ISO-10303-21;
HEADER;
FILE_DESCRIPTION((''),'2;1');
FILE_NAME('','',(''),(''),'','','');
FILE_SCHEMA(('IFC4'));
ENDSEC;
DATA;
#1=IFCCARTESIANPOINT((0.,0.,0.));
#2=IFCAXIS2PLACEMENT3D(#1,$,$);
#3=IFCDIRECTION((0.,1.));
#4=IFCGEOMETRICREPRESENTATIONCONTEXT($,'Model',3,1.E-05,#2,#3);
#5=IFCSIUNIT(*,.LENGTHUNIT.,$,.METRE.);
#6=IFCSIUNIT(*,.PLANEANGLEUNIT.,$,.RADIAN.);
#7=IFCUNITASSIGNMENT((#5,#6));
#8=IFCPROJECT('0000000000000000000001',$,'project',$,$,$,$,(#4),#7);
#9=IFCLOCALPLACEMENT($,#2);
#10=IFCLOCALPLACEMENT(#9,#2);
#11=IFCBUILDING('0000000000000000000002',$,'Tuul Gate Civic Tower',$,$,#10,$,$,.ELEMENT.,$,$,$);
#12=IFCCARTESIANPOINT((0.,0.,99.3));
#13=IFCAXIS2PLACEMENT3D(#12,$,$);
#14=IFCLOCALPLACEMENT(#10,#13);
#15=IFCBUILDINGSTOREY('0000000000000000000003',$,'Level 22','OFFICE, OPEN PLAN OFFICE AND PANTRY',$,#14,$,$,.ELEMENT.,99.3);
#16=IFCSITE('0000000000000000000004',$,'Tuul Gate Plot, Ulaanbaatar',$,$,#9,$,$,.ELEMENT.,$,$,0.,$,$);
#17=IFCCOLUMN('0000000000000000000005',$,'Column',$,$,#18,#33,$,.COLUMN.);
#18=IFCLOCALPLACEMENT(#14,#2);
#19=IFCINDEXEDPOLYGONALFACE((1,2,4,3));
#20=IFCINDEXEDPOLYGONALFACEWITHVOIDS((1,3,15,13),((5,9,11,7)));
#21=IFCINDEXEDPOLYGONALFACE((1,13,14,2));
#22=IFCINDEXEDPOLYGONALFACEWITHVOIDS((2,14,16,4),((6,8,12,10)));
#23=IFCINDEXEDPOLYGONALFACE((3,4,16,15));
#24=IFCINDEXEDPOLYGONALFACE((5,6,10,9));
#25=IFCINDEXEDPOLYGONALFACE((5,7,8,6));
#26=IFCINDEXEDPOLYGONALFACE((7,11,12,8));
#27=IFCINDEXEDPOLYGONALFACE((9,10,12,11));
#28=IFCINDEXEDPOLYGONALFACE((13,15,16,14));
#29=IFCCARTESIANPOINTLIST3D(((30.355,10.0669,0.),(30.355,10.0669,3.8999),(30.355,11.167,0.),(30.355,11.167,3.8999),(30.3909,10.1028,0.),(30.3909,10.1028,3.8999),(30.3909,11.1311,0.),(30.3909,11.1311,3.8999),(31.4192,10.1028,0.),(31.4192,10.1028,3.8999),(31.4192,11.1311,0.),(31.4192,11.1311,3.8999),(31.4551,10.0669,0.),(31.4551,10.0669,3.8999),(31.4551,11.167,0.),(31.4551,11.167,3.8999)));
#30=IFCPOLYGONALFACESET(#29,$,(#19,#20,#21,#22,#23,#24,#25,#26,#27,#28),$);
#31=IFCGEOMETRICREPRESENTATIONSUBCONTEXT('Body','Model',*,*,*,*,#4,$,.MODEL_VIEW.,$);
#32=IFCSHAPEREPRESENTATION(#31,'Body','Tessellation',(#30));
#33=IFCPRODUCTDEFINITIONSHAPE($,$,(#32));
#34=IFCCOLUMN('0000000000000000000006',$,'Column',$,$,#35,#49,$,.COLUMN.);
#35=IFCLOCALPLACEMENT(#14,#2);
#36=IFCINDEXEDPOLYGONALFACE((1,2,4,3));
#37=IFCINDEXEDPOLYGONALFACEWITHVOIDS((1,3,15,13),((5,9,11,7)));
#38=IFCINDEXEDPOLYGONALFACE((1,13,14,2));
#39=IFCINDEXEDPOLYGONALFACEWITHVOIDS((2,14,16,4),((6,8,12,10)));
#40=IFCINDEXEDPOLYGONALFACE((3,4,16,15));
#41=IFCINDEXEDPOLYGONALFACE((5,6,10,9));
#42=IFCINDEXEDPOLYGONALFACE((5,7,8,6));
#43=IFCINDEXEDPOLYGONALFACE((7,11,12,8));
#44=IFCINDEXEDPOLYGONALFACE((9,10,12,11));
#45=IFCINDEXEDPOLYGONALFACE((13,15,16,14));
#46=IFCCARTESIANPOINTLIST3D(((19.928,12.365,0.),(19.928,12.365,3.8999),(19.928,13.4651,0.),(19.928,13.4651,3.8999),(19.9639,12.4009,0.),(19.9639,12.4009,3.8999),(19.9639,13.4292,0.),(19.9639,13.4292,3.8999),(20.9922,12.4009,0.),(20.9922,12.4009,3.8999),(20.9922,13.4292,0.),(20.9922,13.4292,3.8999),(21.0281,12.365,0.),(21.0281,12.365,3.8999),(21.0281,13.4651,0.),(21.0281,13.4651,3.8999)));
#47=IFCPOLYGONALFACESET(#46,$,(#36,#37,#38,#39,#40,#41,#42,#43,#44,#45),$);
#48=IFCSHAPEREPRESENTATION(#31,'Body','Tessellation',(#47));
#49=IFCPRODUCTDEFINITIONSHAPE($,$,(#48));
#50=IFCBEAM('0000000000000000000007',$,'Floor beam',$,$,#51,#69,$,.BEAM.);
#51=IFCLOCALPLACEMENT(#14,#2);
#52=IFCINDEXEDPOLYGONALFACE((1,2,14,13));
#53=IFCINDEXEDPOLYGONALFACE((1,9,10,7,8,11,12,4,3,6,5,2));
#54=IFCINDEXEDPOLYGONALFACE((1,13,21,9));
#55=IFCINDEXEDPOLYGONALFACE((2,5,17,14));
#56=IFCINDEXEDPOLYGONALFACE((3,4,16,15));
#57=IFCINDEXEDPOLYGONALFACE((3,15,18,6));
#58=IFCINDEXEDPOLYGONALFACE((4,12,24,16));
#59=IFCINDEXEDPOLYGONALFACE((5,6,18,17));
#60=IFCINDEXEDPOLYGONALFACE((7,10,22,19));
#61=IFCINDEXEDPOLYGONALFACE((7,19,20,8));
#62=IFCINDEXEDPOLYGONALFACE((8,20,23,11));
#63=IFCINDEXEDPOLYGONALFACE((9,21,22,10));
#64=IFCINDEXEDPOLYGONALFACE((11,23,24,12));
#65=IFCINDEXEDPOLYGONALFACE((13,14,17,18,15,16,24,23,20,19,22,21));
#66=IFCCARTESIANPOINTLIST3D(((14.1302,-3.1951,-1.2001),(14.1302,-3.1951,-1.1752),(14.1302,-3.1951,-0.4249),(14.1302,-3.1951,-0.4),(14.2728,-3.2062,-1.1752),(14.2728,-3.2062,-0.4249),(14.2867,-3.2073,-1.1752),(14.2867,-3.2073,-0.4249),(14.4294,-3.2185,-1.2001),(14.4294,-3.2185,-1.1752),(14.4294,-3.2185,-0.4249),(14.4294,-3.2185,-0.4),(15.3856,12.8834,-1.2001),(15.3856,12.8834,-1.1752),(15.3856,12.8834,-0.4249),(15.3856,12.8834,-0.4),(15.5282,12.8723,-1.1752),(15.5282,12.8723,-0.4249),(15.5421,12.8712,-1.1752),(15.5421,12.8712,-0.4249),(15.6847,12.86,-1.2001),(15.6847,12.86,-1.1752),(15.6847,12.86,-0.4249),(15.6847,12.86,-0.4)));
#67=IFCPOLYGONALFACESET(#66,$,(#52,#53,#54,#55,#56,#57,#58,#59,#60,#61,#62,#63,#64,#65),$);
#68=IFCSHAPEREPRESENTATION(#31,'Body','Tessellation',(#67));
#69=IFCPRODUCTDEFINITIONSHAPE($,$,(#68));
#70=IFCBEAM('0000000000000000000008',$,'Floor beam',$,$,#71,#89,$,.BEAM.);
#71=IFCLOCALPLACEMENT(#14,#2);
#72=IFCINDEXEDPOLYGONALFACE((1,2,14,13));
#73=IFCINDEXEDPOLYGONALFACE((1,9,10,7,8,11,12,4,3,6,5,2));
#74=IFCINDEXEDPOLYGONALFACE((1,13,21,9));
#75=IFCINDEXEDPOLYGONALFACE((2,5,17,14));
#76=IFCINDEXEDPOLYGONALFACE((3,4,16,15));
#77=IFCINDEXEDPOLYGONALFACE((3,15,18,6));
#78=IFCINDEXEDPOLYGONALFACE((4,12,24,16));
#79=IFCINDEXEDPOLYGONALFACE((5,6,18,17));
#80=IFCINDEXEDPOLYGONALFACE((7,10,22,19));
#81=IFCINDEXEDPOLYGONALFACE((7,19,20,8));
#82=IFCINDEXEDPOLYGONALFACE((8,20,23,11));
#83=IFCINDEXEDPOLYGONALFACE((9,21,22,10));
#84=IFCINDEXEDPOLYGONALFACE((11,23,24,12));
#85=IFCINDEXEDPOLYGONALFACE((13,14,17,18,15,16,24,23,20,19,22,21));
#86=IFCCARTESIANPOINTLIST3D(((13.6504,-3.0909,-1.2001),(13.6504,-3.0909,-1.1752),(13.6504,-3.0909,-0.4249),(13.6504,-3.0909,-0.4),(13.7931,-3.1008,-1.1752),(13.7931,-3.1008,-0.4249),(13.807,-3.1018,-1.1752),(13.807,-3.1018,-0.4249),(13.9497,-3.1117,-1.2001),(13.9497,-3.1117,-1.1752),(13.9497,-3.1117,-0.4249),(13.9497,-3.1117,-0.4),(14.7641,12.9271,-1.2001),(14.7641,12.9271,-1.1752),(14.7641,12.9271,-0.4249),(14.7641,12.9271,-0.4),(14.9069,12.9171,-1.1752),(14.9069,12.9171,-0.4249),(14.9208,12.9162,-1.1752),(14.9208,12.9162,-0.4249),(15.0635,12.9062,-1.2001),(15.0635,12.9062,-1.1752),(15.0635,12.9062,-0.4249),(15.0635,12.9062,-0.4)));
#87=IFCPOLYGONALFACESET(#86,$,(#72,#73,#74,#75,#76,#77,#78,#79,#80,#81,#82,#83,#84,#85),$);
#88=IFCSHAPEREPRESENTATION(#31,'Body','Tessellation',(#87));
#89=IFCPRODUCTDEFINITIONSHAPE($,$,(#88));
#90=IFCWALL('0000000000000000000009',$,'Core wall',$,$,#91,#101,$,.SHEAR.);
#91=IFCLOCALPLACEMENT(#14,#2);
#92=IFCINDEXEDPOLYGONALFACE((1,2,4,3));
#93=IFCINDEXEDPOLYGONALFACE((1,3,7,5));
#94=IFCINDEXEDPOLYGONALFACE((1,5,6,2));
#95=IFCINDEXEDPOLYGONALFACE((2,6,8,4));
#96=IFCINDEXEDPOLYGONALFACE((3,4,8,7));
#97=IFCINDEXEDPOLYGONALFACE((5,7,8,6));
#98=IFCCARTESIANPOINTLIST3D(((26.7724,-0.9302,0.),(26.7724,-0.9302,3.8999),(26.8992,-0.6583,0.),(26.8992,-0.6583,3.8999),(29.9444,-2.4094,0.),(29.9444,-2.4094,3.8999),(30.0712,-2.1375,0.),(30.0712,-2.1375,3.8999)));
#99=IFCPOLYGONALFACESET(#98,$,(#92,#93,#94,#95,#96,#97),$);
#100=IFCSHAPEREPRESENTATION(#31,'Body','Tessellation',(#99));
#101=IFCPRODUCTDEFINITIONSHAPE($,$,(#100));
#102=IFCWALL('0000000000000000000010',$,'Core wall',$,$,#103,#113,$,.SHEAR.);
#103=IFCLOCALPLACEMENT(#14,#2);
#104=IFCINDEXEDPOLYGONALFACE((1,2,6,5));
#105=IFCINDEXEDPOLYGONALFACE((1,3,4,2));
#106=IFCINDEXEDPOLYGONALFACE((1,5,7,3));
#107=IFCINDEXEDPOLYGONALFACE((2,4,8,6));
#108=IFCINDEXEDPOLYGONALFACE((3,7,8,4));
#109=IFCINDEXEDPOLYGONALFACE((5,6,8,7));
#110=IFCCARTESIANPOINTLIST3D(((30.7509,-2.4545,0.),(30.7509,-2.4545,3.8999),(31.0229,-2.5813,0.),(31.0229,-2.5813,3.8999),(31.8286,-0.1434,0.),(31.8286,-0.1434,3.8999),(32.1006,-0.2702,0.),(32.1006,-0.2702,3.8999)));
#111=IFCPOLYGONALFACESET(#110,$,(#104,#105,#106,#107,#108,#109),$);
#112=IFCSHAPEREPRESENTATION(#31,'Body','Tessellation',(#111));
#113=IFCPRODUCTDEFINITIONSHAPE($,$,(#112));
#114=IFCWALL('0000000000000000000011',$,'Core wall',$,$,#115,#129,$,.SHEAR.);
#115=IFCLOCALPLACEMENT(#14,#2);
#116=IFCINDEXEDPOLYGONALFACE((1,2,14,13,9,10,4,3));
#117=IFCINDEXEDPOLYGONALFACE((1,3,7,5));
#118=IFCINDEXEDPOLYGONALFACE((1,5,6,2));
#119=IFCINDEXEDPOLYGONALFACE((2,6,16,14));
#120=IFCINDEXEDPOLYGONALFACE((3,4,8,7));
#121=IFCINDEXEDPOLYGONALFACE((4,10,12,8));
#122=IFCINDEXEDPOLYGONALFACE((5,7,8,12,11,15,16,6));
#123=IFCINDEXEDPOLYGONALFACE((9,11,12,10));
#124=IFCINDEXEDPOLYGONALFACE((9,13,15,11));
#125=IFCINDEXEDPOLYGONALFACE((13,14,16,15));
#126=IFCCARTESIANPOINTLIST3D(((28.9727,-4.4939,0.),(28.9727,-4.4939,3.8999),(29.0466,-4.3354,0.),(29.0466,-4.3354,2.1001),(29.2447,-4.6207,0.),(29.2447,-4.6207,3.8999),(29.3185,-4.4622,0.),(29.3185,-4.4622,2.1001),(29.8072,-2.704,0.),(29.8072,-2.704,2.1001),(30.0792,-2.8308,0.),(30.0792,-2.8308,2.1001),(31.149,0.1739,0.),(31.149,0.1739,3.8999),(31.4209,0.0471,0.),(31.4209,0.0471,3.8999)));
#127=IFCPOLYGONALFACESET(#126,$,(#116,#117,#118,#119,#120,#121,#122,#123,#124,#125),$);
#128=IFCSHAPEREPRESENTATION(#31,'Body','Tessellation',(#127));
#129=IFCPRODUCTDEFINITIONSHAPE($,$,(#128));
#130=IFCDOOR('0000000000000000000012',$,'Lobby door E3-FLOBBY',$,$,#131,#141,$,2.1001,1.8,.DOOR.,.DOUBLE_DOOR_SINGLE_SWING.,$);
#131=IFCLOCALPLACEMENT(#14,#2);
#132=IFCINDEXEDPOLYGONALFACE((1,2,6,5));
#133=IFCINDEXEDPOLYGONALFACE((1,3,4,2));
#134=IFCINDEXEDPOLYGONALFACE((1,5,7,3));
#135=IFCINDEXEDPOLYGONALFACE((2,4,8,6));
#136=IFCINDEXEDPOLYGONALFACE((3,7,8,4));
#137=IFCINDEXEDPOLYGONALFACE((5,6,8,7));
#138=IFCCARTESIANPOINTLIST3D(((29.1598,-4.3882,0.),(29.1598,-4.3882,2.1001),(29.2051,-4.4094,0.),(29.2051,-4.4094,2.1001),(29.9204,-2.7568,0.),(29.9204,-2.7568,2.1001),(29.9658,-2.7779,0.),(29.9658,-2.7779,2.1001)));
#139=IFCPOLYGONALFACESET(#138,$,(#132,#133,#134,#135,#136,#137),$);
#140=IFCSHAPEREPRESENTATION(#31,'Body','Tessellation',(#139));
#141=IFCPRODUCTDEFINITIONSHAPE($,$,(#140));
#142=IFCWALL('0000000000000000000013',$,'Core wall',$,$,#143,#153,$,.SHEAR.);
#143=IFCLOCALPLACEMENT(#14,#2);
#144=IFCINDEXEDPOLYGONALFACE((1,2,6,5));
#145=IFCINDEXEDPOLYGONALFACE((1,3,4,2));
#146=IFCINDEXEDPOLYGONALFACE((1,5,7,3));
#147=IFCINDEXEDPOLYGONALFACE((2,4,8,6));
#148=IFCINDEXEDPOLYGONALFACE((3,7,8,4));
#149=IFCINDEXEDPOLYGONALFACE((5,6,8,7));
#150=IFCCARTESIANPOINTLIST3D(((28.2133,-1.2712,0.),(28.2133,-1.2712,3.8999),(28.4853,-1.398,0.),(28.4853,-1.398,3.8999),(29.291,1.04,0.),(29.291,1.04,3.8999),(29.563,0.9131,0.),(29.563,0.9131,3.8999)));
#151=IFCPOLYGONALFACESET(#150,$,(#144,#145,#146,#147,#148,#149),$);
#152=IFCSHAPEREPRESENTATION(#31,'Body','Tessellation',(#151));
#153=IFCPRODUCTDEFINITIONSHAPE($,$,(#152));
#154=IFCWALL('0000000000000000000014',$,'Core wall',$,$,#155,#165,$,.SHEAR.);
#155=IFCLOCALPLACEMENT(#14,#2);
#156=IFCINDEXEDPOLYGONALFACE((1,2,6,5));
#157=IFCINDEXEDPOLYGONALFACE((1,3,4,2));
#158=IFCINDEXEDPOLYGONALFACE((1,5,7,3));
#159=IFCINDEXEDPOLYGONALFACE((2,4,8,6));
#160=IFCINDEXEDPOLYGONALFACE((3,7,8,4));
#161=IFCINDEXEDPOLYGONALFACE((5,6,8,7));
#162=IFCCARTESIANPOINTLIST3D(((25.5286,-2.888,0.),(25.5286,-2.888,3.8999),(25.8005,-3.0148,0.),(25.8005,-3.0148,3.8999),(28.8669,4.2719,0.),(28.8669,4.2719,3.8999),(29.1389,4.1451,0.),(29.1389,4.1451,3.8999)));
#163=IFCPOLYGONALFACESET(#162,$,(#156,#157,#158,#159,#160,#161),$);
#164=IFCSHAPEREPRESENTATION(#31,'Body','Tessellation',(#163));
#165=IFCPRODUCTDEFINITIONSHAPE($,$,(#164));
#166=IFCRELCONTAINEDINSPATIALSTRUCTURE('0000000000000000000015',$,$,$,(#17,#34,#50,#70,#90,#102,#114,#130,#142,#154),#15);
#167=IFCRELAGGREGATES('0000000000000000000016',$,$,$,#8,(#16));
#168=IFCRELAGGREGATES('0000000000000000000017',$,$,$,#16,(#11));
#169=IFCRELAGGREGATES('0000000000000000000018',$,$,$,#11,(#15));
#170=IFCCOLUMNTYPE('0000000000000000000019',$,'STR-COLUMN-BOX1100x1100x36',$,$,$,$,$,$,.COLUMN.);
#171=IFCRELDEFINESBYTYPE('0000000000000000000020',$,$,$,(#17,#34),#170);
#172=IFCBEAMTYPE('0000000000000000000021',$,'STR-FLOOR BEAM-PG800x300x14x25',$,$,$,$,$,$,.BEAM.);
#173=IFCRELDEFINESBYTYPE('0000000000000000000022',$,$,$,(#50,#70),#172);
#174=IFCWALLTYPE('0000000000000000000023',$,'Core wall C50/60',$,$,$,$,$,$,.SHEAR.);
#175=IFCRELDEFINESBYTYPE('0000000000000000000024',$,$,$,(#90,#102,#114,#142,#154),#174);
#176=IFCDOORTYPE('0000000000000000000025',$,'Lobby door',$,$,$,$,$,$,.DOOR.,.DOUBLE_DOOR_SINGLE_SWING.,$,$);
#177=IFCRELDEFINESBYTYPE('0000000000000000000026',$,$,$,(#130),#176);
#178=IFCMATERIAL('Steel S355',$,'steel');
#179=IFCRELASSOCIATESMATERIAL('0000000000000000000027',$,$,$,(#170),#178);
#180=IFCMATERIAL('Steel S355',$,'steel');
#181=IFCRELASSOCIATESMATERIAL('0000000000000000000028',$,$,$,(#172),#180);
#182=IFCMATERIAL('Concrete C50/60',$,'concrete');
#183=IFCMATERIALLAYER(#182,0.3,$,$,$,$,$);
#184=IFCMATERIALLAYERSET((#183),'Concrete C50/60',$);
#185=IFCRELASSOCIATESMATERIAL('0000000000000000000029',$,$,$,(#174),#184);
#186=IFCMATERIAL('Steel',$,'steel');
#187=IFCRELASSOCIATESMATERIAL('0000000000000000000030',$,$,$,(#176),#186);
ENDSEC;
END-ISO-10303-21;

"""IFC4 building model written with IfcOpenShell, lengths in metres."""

from ifc_helpers import new_model, si_unit, direction, frame, frame_2d, origin, origin_2d, place, context, subcontext, project, spatial, rectangle, hollow_rectangle, i_section, extrude, material, layer, layer_set, material_profile, profile_set, type_object, element, fill, save


model = new_model("IFC4")

# Units and contexts
model_context = context("Model", 3, precision=1e-05, world=origin(), true_north=direction((0.0, 1.0)))
body_context = subcontext(model_context, "Body", "Model", "MODEL_VIEW")
ifc_project = project(units=[si_unit("LENGTHUNIT", "METRE"), si_unit("PLANEANGLEUNIT", "RADIAN")], contexts=[model_context])

# Site, building, storey
site_placement = place(None, origin())
site = spatial("IfcSite", under=ifc_project, at=site_placement, Name="Tuul Gate Plot, Ulaanbaatar", CompositionType="ELEMENT", RefElevation=0.0)
building_placement = place(site_placement, origin())
building = spatial("IfcBuilding", under=site, at=building_placement, Name="Tuul Gate Civic Tower", CompositionType="ELEMENT")
storey_placement = place(building_placement, frame((0.0, 0.0, 99.3)))
storey = spatial("IfcBuildingStorey", under=building, at=storey_placement, Name="Level 22", Description="OFFICE, OPEN PLAN OFFICE AND PANTRY", CompositionType="ELEMENT", Elevation=99.3)

# Columns
ifc_material_1 = material(Name="Steel S355", Category="steel")
ifc_material_profile_1 = material_profile(ifc_material_1, hollow_rectangle(XDim=1.1001, YDim=1.1001, WallThickness=0.0359, at=origin_2d()), Name="BOX1100x1100x36")
ifc_profile_set_1 = profile_set([ifc_material_profile_1], Name="Steel S355")
column_type = type_object("IfcColumnType", Name="STR-COLUMN-BOX1100x1100x36", PredefinedType="COLUMN", material=ifc_profile_set_1)
for number, where, z_axis, x_axis, name in (
    (1, (30.905, 10.6169, 0.0), (0.0, 0.0, 1.0), (1.0, 0.0, 0.0), "Column"),
    (2, (20.478, 12.915, 0.0), (0.0, 0.0, 1.0), (1.0, 0.0, 0.0), "Column"),
):
    element("IfcColumn", number, at=place(storey_placement, frame(where, z_axis=z_axis, x_axis=x_axis)), inside=storey, type_object=column_type, Name=name, PredefinedType="COLUMN", context=body_context, shape_type="SweptSolid", body=[
        extrude(hollow_rectangle(XDim=1.1001, YDim=1.1001, WallThickness=0.0359, at=origin_2d()), origin(), (0.0, 0.0, 1.0), 3.8999),
    ])

# Beams
ifc_material_2 = material(Name="Steel S355", Category="steel")
ifc_material_profile_2 = material_profile(ifc_material_2, i_section(OverallWidth=0.3, OverallDepth=0.8, WebThickness=0.0139, FlangeThickness=0.0249, at=origin_2d()), Name="PG800x300x14x25")
ifc_profile_set_2 = profile_set([ifc_material_profile_2], Name="Steel S355")
beam_type = type_object("IfcBeamType", Name="STR-FLOOR BEAM-PG800x300x14x25", PredefinedType="BEAM", material=ifc_profile_set_2)
beam_1_placement = place(storey_placement, frame((14.2798, -3.2068, -0.8), z_axis=(0.07784, 0.996966, 0.0), x_axis=(-0.996966, 0.07784, 0.0)))
element("IfcBeam", 3, at=beam_1_placement, inside=storey, type_object=beam_type, Name="Floor beam", PredefinedType="BEAM", context=body_context, shape_type="SweptSolid", body=[
    extrude(i_section(OverallWidth=0.3, OverallDepth=0.8, WebThickness=0.0139, FlangeThickness=0.0249, at=origin_2d()), origin(), (0.0, 0.0, 1.0), 16.1274),
])
beam_2_placement = place(storey_placement, frame((13.8, -3.1013, -0.8), z_axis=(0.069365, 0.997591, 0.0), x_axis=(-0.997591, 0.069365, 0.0)))
element("IfcBeam", 4, at=beam_2_placement, inside=storey, type_object=beam_type, Name="Floor beam", PredefinedType="BEAM", context=body_context, shape_type="SweptSolid", body=[
    extrude(i_section(OverallWidth=0.3, OverallDepth=0.8, WebThickness=0.0139, FlangeThickness=0.0249, at=origin_2d()), origin(), (0.0, 0.0, 1.0), 16.0566),
])

# Walls
ifc_material_3 = material(Name="Concrete C50/60", Category="concrete")
ifc_layer_1 = layer(ifc_material_3, 0.3)
ifc_layer_set_1 = layer_set([ifc_layer_1], Name="Concrete C50/60")
wall_type_1 = type_object("IfcWallType", Name="Core wall C50/60", PredefinedType="SHEAR", material=ifc_layer_set_1)
wall_1_placement = place(storey_placement, frame((30.0078, -2.2734, 0.0), z_axis=(0.0, 0.0, 1.0), x_axis=(-0.906301, 0.422633, 0.0)))
element("IfcWall", 5, at=wall_1_placement, inside=storey, type_object=wall_type_1, Name="Core wall", PredefinedType="SHEAR", context=body_context, shape_type="SweptSolid", body=[
    extrude(rectangle(XDim=3.5, YDim=0.3, at=frame_2d((1.75, 0.0))), origin(), (0.0, 0.0, 1.0), 3.8999),
])
wall_2_placement = place(storey_placement, frame((30.887, -2.5178, 0.0), z_axis=(0.0, 0.0, 1.0), x_axis=(0.422613, 0.90631, 0.0)))
element("IfcWall", 6, at=wall_2_placement, inside=storey, type_object=wall_type_1, Name="Core wall", PredefinedType="SHEAR", context=body_context, shape_type="SweptSolid", body=[
    extrude(rectangle(XDim=2.55, YDim=0.3, at=frame_2d((1.2749, 0.0))), origin(), (0.0, 0.0, 1.0), 3.8999),
])

# Wall, opening, door
wall_3_placement = place(storey_placement, frame((29.1086, -4.5574, 0.0), z_axis=(0.0, 0.0, 1.0), x_axis=(0.422566, 0.906332, 0.0)))
wall_3 = element("IfcWall", 7, at=wall_3_placement, inside=storey, type_object=wall_type_1, Name="Core wall", PredefinedType="SHEAR", context=body_context, shape_type="SweptSolid", body=[
    extrude(rectangle(XDim=5.1501, YDim=0.3, at=frame_2d((2.5752, 0.0))), origin(), (0.0, 0.0, 1.0), 3.8999),
])
opening_1_placement = place(wall_3_placement, frame((0.175, 0.0, 0.0)))
opening_1 = element("IfcOpeningElement", 8, at=opening_1_placement, cuts=wall_3, PredefinedType="OPENING", context=body_context, shape_type="SweptSolid", body=[
    extrude(rectangle(XDim=1.8, YDim=2.1001, at=frame_2d((0.8999, 1.05))), frame((0.0, 0.1602, 0.0), z_axis=(0.0, -1.0, 0.0), x_axis=(1.0, 0.0, 0.0)), (0.0, 0.0, 1.0), 0.3201),
])
ifc_material_4 = material(Name="Steel", Category="steel")
door_type_1 = type_object("IfcDoorType", Name="Lobby door", OperationType="DOUBLE_DOOR_SINGLE_SWING", PredefinedType="DOOR", material=ifc_material_4)
door_1_placement = place(opening_1_placement, frame((1.8, 0.0, 0.0), z_axis=(0.0, 0.0, 1.0), x_axis=(-1.0, 0.0, 0.0)))
door_1 = element("IfcDoor", 9, at=door_1_placement, inside=storey, type_object=door_type_1, Name="Lobby door E3-FLOBBY", OperationType="DOUBLE_DOOR_SINGLE_SWING", OverallHeight=2.1001, OverallWidth=1.8, PredefinedType="DOOR", context=body_context, shape_type="SweptSolid", body=[
    extrude(rectangle(XDim=1.8, YDim=2.1001, at=frame_2d((0.9001, 1.05))), frame((0.0, 0.0249, 0.0), z_axis=(0.0, -1.0, 0.0), x_axis=(1.0, 0.0, 0.0)), (0.0, 0.0, 1.0), 0.05),
])
fill(opening_1, door_1)

# Walls
wall_4_placement = place(storey_placement, frame((28.3494, -1.3345, 0.0), z_axis=(0.0, 0.0, 1.0), x_axis=(0.422613, 0.90631, 0.0)))
element("IfcWall", 10, at=wall_4_placement, inside=storey, type_object=wall_type_1, Name="Core wall", PredefinedType="SHEAR", context=body_context, shape_type="SweptSolid", body=[
    extrude(rectangle(XDim=2.55, YDim=0.3, at=frame_2d((1.2749, 0.0))), origin(), (0.0, 0.0, 1.0), 3.8999),
])
wall_5_placement = place(storey_placement, frame((25.6646, -2.9514, 0.0), z_axis=(0.0, 0.0, 1.0), x_axis=(0.422583, 0.906324, 0.0)))
element("IfcWall", 11, at=wall_5_placement, inside=storey, type_object=wall_type_1, Name="Core wall", PredefinedType="SHEAR", context=body_context, shape_type="SweptSolid", body=[
    extrude(rectangle(XDim=7.8999, YDim=0.3, at=frame_2d((3.95, 0.0))), origin(), (0.0, 0.0, 1.0), 3.8999),
])

save(model, "model.ifc")
